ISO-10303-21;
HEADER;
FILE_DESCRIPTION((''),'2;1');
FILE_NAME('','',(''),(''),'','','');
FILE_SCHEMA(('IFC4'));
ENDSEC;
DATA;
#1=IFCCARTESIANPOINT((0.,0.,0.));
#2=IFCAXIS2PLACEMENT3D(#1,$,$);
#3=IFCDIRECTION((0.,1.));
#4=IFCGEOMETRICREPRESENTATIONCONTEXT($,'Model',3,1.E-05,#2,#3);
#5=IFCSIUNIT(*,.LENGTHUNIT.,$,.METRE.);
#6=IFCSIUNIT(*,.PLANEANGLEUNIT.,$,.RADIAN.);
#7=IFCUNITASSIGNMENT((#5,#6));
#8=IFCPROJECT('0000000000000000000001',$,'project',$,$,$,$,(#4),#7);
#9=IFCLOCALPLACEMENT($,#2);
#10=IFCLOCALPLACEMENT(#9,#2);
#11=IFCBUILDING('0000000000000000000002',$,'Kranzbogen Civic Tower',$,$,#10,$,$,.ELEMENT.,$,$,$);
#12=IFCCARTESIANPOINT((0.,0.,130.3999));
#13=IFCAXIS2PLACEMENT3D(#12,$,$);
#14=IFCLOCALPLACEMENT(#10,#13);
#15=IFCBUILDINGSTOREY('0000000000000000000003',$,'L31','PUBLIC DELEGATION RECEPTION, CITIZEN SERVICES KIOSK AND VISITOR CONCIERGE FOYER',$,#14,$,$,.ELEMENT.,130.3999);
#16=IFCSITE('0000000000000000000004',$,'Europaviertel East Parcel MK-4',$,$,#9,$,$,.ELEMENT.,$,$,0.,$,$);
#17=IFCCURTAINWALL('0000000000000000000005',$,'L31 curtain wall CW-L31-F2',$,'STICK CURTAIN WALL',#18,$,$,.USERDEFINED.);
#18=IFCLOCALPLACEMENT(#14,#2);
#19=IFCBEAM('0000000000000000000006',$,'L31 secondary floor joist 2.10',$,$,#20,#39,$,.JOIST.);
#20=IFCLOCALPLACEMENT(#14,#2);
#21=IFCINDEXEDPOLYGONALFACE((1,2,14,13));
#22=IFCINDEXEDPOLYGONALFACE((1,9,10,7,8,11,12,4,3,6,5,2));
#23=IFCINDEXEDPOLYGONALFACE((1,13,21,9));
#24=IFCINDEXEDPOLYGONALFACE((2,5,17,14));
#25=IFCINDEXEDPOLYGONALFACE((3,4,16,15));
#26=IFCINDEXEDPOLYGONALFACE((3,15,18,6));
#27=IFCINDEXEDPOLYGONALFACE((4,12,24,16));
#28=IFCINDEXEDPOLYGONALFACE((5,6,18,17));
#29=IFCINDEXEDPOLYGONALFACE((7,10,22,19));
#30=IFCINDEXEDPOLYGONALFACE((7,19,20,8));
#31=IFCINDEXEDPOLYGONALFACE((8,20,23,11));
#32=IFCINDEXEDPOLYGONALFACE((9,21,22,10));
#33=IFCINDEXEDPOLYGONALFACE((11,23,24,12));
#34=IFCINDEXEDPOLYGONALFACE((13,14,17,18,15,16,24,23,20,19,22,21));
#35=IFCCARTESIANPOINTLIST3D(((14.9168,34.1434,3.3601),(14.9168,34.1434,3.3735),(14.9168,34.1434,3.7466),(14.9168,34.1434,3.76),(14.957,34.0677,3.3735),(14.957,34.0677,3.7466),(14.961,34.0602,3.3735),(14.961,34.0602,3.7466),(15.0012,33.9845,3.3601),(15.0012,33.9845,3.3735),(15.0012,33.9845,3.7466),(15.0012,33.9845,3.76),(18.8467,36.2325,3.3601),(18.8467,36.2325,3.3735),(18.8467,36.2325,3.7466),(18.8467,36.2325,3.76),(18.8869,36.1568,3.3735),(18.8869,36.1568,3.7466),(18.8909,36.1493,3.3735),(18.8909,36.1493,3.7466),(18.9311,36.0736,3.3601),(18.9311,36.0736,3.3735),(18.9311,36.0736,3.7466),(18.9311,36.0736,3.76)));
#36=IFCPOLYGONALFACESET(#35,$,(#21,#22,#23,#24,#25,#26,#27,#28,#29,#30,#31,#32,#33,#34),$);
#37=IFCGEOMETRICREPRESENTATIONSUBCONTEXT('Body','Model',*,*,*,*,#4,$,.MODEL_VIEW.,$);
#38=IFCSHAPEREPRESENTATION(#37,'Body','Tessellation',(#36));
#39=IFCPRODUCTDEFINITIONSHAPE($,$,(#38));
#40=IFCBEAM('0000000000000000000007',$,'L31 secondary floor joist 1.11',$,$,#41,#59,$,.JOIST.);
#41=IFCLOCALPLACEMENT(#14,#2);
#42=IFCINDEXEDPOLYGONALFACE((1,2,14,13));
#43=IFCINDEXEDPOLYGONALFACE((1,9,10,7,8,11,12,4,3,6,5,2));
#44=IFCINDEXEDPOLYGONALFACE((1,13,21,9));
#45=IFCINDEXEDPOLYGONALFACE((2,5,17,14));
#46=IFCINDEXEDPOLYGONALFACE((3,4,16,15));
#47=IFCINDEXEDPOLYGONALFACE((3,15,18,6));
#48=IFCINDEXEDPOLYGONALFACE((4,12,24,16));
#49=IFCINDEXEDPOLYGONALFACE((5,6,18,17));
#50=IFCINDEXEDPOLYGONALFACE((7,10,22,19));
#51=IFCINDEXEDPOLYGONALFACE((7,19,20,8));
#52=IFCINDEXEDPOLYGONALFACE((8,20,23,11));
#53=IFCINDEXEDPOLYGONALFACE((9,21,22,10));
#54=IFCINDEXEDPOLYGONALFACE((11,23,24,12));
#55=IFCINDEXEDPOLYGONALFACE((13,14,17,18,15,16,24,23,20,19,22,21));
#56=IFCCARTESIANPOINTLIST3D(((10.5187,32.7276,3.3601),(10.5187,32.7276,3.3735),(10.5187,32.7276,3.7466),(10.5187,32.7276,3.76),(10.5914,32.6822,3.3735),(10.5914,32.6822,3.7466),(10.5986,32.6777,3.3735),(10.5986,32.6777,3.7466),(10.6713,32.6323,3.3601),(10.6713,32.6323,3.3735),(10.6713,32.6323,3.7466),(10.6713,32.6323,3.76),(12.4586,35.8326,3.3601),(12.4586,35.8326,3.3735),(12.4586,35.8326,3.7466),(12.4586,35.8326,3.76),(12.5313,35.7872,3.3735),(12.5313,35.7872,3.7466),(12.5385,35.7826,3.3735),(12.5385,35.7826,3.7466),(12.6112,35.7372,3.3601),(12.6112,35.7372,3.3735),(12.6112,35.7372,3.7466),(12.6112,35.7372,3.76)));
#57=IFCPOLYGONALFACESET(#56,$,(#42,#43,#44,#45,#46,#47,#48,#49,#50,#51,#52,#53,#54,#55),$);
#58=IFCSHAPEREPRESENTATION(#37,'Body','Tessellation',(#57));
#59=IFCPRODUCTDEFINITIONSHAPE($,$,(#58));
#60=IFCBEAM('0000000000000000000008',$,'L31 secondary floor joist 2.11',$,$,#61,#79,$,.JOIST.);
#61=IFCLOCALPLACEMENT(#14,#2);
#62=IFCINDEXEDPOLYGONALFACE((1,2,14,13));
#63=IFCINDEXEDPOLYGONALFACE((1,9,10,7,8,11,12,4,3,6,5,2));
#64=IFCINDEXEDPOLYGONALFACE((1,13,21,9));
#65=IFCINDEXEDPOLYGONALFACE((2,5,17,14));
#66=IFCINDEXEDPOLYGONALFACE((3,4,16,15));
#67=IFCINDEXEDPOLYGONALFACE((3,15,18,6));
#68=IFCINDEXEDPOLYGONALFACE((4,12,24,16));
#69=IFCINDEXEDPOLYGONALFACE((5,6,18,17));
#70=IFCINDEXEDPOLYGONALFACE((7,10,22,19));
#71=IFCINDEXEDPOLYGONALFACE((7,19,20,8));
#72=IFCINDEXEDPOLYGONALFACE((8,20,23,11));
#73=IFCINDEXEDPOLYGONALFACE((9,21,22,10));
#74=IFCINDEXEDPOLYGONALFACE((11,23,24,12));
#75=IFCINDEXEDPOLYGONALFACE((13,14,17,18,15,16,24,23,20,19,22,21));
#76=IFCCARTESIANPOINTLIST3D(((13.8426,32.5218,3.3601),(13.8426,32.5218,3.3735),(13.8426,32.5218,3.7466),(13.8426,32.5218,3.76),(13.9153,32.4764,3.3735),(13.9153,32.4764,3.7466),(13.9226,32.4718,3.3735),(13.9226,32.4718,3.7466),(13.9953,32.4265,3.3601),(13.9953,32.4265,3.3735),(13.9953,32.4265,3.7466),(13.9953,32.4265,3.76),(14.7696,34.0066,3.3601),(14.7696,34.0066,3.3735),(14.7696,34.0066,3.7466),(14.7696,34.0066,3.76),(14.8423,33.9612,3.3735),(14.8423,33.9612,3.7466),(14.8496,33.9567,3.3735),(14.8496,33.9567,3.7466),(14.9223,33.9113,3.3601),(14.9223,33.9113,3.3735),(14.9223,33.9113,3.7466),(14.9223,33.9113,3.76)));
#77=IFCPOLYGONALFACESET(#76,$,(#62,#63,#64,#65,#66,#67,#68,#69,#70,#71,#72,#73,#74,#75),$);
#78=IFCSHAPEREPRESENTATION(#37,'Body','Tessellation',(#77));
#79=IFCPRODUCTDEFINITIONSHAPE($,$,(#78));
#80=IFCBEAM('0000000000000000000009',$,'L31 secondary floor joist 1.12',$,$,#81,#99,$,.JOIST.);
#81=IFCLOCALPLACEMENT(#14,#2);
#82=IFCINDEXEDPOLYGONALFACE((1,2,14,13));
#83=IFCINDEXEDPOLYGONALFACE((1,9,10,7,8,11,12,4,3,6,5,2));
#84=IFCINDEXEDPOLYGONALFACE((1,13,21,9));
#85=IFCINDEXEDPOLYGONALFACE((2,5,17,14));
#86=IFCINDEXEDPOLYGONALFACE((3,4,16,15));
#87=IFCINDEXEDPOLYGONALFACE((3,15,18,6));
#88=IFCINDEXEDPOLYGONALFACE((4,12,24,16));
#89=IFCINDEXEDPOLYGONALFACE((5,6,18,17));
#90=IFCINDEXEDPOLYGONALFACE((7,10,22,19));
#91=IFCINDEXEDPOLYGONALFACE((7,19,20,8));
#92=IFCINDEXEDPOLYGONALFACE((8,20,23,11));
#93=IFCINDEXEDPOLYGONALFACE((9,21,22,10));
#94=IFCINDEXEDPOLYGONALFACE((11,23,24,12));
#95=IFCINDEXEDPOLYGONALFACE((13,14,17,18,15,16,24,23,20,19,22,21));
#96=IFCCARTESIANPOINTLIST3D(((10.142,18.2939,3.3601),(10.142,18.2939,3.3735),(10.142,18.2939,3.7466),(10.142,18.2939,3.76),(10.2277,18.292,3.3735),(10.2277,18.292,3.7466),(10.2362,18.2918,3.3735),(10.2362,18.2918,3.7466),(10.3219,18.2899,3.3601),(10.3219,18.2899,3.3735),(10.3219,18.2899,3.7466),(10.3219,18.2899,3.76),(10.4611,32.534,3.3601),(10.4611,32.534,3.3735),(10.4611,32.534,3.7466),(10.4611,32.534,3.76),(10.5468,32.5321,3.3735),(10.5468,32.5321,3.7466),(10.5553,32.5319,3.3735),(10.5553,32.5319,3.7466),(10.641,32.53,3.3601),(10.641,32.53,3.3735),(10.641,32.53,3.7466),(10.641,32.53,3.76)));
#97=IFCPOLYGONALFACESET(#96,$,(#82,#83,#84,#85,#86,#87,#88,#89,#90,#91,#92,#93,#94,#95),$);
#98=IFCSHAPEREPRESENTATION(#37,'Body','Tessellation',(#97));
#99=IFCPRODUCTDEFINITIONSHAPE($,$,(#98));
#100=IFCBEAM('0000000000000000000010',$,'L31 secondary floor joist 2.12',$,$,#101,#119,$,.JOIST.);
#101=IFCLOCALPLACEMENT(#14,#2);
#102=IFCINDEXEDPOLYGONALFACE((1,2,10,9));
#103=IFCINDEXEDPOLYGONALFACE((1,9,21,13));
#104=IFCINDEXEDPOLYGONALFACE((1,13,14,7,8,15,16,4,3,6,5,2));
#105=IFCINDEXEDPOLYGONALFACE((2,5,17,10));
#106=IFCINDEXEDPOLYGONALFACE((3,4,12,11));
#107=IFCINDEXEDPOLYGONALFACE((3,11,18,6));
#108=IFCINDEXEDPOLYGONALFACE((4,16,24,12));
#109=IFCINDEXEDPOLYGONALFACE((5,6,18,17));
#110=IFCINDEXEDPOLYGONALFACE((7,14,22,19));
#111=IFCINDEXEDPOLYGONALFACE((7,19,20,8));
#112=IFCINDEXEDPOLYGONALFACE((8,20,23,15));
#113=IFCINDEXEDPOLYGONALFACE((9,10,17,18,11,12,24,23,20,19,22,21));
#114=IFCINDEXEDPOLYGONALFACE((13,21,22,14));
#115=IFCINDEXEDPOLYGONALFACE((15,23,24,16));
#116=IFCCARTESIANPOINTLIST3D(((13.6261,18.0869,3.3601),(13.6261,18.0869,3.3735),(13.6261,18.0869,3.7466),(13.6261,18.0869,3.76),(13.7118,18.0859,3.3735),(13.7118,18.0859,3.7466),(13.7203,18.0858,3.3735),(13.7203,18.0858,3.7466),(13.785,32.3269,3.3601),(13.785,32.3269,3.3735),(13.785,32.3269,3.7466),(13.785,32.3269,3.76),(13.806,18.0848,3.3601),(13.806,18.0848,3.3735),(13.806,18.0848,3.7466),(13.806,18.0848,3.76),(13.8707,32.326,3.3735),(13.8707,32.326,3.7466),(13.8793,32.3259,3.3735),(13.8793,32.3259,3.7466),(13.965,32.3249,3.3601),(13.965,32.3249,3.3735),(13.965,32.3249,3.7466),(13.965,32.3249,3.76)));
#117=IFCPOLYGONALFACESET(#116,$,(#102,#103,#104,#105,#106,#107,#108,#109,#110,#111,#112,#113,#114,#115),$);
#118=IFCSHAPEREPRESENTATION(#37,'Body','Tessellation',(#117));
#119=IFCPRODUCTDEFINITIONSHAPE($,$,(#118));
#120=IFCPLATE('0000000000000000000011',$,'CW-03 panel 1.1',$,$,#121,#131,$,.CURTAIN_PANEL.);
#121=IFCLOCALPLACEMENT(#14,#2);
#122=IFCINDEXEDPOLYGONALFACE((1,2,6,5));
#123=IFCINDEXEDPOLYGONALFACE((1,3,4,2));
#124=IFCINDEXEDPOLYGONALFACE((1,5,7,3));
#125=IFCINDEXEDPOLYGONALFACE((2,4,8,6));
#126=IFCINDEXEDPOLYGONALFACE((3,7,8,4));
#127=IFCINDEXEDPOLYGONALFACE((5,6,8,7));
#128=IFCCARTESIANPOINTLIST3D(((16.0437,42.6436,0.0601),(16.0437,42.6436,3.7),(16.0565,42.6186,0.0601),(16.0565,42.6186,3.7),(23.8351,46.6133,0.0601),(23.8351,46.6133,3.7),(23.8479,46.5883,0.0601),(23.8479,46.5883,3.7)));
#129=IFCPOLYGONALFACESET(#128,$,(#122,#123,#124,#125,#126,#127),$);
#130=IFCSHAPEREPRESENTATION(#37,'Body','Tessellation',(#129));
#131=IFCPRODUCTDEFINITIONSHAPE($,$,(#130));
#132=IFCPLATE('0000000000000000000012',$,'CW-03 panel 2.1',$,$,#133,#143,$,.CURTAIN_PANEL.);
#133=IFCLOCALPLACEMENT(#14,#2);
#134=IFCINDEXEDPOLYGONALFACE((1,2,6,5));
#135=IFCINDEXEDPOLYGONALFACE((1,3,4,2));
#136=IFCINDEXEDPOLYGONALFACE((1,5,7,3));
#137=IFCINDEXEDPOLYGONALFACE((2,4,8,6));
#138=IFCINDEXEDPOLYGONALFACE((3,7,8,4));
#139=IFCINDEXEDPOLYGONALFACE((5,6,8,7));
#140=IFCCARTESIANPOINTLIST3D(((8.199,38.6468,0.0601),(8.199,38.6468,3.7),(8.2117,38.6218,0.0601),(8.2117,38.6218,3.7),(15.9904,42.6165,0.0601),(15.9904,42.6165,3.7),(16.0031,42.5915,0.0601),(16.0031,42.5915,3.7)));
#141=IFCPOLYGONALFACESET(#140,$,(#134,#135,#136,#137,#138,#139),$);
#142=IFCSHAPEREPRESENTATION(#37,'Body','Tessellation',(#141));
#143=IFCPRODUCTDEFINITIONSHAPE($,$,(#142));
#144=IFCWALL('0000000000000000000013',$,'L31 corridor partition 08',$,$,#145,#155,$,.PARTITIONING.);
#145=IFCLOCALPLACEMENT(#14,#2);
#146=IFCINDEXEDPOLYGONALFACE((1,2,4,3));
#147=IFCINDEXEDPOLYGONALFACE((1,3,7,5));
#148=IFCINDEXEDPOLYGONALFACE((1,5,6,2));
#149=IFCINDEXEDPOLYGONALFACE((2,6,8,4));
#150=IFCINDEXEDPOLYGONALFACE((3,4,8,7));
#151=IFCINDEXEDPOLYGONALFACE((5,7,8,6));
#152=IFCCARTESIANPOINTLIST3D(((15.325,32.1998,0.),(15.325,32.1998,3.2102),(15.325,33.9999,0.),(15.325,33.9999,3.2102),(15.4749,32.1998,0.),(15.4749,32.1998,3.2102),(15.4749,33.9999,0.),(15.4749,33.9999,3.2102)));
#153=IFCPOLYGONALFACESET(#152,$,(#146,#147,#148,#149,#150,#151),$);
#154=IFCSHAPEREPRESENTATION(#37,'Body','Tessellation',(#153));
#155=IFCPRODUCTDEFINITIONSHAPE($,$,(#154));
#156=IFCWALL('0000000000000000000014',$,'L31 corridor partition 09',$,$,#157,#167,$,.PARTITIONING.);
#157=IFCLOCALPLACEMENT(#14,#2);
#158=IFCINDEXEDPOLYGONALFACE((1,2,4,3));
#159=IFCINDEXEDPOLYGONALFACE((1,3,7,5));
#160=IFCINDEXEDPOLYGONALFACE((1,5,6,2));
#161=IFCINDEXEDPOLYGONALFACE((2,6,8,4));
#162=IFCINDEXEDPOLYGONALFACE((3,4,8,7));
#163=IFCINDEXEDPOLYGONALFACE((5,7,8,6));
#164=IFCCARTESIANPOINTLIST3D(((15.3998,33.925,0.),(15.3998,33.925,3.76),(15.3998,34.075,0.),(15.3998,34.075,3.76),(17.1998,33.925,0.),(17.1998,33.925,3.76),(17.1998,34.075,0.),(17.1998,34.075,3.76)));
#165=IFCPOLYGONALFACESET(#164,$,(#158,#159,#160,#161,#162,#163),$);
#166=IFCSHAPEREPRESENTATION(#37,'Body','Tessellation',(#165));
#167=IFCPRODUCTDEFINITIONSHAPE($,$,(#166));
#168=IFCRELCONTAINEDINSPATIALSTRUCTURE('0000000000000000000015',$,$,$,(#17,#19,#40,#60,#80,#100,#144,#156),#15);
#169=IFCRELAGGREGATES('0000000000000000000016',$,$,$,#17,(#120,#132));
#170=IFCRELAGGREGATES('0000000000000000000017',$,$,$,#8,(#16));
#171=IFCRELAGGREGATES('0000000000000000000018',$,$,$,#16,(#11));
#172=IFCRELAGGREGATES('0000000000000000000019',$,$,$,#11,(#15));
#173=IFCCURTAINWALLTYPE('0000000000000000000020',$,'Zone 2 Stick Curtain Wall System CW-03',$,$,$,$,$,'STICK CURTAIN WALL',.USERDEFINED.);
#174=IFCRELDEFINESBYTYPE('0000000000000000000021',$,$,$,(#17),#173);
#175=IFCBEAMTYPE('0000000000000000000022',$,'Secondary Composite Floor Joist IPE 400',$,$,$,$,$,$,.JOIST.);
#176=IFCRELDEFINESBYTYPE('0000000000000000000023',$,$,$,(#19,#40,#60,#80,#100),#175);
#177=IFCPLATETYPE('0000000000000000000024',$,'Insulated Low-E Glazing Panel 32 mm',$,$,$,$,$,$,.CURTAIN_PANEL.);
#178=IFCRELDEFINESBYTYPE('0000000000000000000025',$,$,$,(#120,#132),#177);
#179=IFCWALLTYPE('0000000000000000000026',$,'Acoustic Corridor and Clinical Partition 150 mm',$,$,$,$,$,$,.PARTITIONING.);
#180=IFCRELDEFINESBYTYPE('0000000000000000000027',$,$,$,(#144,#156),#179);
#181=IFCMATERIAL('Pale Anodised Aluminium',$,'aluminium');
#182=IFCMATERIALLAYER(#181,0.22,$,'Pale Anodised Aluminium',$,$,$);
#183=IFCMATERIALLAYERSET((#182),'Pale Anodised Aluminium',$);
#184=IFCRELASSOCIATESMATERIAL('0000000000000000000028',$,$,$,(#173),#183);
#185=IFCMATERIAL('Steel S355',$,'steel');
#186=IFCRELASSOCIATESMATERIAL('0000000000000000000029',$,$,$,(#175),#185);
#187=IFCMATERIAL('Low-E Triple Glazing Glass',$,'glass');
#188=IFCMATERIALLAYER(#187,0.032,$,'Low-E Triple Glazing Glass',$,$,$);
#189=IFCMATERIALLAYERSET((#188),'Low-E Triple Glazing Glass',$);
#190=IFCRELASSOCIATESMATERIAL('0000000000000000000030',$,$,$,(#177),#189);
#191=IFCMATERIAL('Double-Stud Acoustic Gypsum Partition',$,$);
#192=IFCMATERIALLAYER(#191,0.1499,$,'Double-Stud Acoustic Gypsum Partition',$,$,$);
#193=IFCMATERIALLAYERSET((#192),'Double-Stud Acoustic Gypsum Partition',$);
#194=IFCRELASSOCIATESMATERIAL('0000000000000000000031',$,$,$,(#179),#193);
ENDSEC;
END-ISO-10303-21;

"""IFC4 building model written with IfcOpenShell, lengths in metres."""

from ifc_helpers import new_model, si_unit, direction, frame, frame_2d, origin, origin_2d, place, context, subcontext, project, spatial, rectangle, i_section, extrude, material, layer, layer_set, material_profile, profile_set, type_object, element, aggregate, save


model = new_model("IFC4")

# Units and contexts
model_context = context("Model", 3, precision=1e-05, world=origin(), true_north=direction((0.0, 1.0)))
body_context = subcontext(model_context, "Body", "Model", "MODEL_VIEW")
ifc_project = project(units=[si_unit("LENGTHUNIT", "METRE"), si_unit("PLANEANGLEUNIT", "RADIAN")], contexts=[model_context])

# Site, building, storey
site_placement = place(None, origin())
site = spatial("IfcSite", under=ifc_project, at=site_placement, Name="Europaviertel East Parcel MK-4", CompositionType="ELEMENT", RefElevation=0.0)
building_placement = place(site_placement, origin())
building = spatial("IfcBuilding", under=site, at=building_placement, Name="Kranzbogen Civic Tower", CompositionType="ELEMENT")
storey_placement = place(building_placement, frame((0.0, 0.0, 130.3999)))
storey = spatial("IfcBuildingStorey", under=building, at=storey_placement, Name="L31", Description="PUBLIC DELEGATION RECEPTION, CITIZEN SERVICES KIOSK AND VISITOR CONCIERGE FOYER", CompositionType="ELEMENT", Elevation=130.3999)

# Curtain wall
ifc_material_1 = material(Name="Pale Anodised Aluminium", Category="aluminium")
ifc_layer_1 = layer(ifc_material_1, 0.22, Name="Pale Anodised Aluminium")
ifc_layer_set_1 = layer_set([ifc_layer_1], Name="Pale Anodised Aluminium")
curtain_wall_type = type_object("IfcCurtainWallType", Name="Zone 2 Stick Curtain Wall System CW-03", ElementType="STICK CURTAIN WALL", PredefinedType="USERDEFINED", material=ifc_layer_set_1)
curtain_wall_1_placement = place(storey_placement, origin())
curtain_wall_1 = element("IfcCurtainWall", 1, at=curtain_wall_1_placement, inside=storey, type_object=curtain_wall_type, Name="L31 curtain wall CW-L31-F2", ObjectType="STICK CURTAIN WALL", PredefinedType="USERDEFINED")

# Beams
ifc_material_2 = material(Name="Steel S355", Category="steel")
ifc_material_profile_1 = material_profile(ifc_material_2, i_section(OverallWidth=0.1799, OverallDepth=0.3999, WebThickness=0.0085, FlangeThickness=0.0134, at=origin_2d()), Name="IPE 400")
ifc_profile_set_1 = profile_set([ifc_material_profile_1], Name="Steel S355")
beam_type_1 = type_object("IfcBeamType", Name="Secondary Composite Floor Joist IPE 400", PredefinedType="JOIST", material=ifc_profile_set_1)
beam_1_placement = place(storey_placement, frame((18.8889, 36.1531, 3.5601), z_axis=(-0.882991, -0.469389, 0.0), x_axis=(0.469389, -0.882991, 0.0)))
element("IfcBeam", 2, at=beam_1_placement, inside=storey, type_object=beam_type_1, Name="L31 secondary floor joist 2.10", PredefinedType="JOIST", context=body_context, shape_type="SweptSolid", body=[
    extrude(i_section(OverallWidth=0.1799, OverallDepth=0.3999, WebThickness=0.0085, FlangeThickness=0.0134, at=origin_2d()), origin(), (0.0, 0.0, 1.0), 4.4507),
])
beam_2_placement = place(storey_placement, frame((12.5349, 35.7849, 3.5601), z_axis=(-0.529867, -0.848081, 0.0), x_axis=(0.848081, -0.529867, 0.0)))
element("IfcBeam", 3, at=beam_2_placement, inside=storey, type_object=beam_type_1, Name="L31 secondary floor joist 1.11", PredefinedType="JOIST", context=body_context, shape_type="SweptSolid", body=[
    extrude(i_section(OverallWidth=0.1799, OverallDepth=0.3999, WebThickness=0.0085, FlangeThickness=0.0134, at=origin_2d()), origin(), (0.0, 0.0, 1.0), 3.6611),
])
beam_3_placement = place(storey_placement, frame((14.8459, 33.959, 3.5601), z_axis=(-0.529573, -0.848265, 0.0), x_axis=(0.848265, -0.529573, 0.0)))
element("IfcBeam", 4, at=beam_3_placement, inside=storey, type_object=beam_type_1, Name="L31 secondary floor joist 2.11", PredefinedType="JOIST", context=body_context, shape_type="SweptSolid", body=[
    extrude(i_section(OverallWidth=0.1799, OverallDepth=0.3999, WebThickness=0.0085, FlangeThickness=0.0134, at=origin_2d()), origin(), (0.0, 0.0, 1.0), 1.7505),
])
beam_4_placement = place(storey_placement, frame((10.551, 32.532, 3.5601), z_axis=(-0.022403, -0.999749, 0.0), x_axis=(0.999749, -0.022403, 0.0)))
element("IfcBeam", 5, at=beam_4_placement, inside=storey, type_object=beam_type_1, Name="L31 secondary floor joist 1.12", PredefinedType="JOIST", context=body_context, shape_type="SweptSolid", body=[
    extrude(i_section(OverallWidth=0.1799, OverallDepth=0.3999, WebThickness=0.0085, FlangeThickness=0.0134, at=origin_2d()), origin(), (0.0, 0.0, 1.0), 14.2437),
])
beam_5_placement = place(storey_placement, frame((13.875, 32.3259, 3.5601), z_axis=(-0.011161, -0.999938, 0.0), x_axis=(0.999938, -0.011161, 0.0)))
element("IfcBeam", 6, at=beam_5_placement, inside=storey, type_object=beam_type_1, Name="L31 secondary floor joist 2.12", PredefinedType="JOIST", context=body_context, shape_type="SweptSolid", body=[
    extrude(i_section(OverallWidth=0.1799, OverallDepth=0.3999, WebThickness=0.0085, FlangeThickness=0.0134, at=origin_2d()), origin(), (0.0, 0.0, 1.0), 14.241),
])

# Plates
ifc_material_3 = material(Name="Low-E Triple Glazing Glass", Category="glass")
ifc_layer_2 = layer(ifc_material_3, 0.032, Name="Low-E Triple Glazing Glass")
ifc_layer_set_2 = layer_set([ifc_layer_2], Name="Low-E Triple Glazing Glass")
plate_type = type_object("IfcPlateType", Name="Insulated Low-E Glazing Panel 32 mm", PredefinedType="CURTAIN_PANEL", material=ifc_layer_set_2)
plate_1_placement = place(storey_placement, frame((19.9458, 44.616, 0.0601), z_axis=(0.0, 0.0, 1.0), x_axis=(-0.891017, -0.45397, 0.0)))
plate_1 = element("IfcPlate", 7, at=plate_1_placement, type_object=plate_type, Name="CW-03 panel 1.1", PredefinedType="CURTAIN_PANEL", context=body_context, shape_type="SweptSolid", body=[
    extrude(rectangle(XDim=8.7444, YDim=0.0281, at=origin_2d()), origin(), (0.0, 0.0, 1.0), 3.6399),
])
plate_2_placement = place(storey_placement, frame((12.1011, 40.6191, 0.0601), z_axis=(0.0, 0.0, 1.0), x_axis=(-0.891017, -0.45397, 0.0)))
plate_2 = element("IfcPlate", 8, at=plate_2_placement, type_object=plate_type, Name="CW-03 panel 2.1", PredefinedType="CURTAIN_PANEL", context=body_context, shape_type="SweptSolid", body=[
    extrude(rectangle(XDim=8.7444, YDim=0.0281, at=origin_2d()), origin(), (0.0, 0.0, 1.0), 3.6399),
])
aggregate(curtain_wall_1, [plate_1, plate_2])

# Walls
ifc_material_4 = material(Name="Double-Stud Acoustic Gypsum Partition")
ifc_layer_3 = layer(ifc_material_4, 0.1499, Name="Double-Stud Acoustic Gypsum Partition")
ifc_layer_set_3 = layer_set([ifc_layer_3], Name="Double-Stud Acoustic Gypsum Partition")
wall_type_1 = type_object("IfcWallType", Name="Acoustic Corridor and Clinical Partition 150 mm", PredefinedType="PARTITIONING", material=ifc_layer_set_3)
wall_1_placement = place(storey_placement, frame((15.3999, 32.2, 0.0), z_axis=(0.0, 0.0, 1.0), x_axis=(0.0, 1.0, 0.0)))
element("IfcWall", 9, at=wall_1_placement, inside=storey, type_object=wall_type_1, Name="L31 corridor partition 08", PredefinedType="PARTITIONING", context=body_context, shape_type="SweptSolid", body=[
    extrude(rectangle(XDim=1.8, YDim=0.1499, at=frame_2d((0.8999, 0.0))), origin(), (0.0, 0.0, 1.0), 3.2102),
])
wall_2_placement = place(storey_placement, frame((15.3999, 34.0, 0.0), z_axis=(0.0, 0.0, 1.0), x_axis=(1.0, 0.0, 0.0)))
element("IfcWall", 10, at=wall_2_placement, inside=storey, type_object=wall_type_1, Name="L31 corridor partition 09", PredefinedType="PARTITIONING", context=body_context, shape_type="SweptSolid", body=[
    extrude(rectangle(XDim=1.8, YDim=0.1499, at=frame_2d((0.8999, 0.0))), origin(), (0.0, 0.0, 1.0), 3.76),
])

save(model, "model.ifc")
